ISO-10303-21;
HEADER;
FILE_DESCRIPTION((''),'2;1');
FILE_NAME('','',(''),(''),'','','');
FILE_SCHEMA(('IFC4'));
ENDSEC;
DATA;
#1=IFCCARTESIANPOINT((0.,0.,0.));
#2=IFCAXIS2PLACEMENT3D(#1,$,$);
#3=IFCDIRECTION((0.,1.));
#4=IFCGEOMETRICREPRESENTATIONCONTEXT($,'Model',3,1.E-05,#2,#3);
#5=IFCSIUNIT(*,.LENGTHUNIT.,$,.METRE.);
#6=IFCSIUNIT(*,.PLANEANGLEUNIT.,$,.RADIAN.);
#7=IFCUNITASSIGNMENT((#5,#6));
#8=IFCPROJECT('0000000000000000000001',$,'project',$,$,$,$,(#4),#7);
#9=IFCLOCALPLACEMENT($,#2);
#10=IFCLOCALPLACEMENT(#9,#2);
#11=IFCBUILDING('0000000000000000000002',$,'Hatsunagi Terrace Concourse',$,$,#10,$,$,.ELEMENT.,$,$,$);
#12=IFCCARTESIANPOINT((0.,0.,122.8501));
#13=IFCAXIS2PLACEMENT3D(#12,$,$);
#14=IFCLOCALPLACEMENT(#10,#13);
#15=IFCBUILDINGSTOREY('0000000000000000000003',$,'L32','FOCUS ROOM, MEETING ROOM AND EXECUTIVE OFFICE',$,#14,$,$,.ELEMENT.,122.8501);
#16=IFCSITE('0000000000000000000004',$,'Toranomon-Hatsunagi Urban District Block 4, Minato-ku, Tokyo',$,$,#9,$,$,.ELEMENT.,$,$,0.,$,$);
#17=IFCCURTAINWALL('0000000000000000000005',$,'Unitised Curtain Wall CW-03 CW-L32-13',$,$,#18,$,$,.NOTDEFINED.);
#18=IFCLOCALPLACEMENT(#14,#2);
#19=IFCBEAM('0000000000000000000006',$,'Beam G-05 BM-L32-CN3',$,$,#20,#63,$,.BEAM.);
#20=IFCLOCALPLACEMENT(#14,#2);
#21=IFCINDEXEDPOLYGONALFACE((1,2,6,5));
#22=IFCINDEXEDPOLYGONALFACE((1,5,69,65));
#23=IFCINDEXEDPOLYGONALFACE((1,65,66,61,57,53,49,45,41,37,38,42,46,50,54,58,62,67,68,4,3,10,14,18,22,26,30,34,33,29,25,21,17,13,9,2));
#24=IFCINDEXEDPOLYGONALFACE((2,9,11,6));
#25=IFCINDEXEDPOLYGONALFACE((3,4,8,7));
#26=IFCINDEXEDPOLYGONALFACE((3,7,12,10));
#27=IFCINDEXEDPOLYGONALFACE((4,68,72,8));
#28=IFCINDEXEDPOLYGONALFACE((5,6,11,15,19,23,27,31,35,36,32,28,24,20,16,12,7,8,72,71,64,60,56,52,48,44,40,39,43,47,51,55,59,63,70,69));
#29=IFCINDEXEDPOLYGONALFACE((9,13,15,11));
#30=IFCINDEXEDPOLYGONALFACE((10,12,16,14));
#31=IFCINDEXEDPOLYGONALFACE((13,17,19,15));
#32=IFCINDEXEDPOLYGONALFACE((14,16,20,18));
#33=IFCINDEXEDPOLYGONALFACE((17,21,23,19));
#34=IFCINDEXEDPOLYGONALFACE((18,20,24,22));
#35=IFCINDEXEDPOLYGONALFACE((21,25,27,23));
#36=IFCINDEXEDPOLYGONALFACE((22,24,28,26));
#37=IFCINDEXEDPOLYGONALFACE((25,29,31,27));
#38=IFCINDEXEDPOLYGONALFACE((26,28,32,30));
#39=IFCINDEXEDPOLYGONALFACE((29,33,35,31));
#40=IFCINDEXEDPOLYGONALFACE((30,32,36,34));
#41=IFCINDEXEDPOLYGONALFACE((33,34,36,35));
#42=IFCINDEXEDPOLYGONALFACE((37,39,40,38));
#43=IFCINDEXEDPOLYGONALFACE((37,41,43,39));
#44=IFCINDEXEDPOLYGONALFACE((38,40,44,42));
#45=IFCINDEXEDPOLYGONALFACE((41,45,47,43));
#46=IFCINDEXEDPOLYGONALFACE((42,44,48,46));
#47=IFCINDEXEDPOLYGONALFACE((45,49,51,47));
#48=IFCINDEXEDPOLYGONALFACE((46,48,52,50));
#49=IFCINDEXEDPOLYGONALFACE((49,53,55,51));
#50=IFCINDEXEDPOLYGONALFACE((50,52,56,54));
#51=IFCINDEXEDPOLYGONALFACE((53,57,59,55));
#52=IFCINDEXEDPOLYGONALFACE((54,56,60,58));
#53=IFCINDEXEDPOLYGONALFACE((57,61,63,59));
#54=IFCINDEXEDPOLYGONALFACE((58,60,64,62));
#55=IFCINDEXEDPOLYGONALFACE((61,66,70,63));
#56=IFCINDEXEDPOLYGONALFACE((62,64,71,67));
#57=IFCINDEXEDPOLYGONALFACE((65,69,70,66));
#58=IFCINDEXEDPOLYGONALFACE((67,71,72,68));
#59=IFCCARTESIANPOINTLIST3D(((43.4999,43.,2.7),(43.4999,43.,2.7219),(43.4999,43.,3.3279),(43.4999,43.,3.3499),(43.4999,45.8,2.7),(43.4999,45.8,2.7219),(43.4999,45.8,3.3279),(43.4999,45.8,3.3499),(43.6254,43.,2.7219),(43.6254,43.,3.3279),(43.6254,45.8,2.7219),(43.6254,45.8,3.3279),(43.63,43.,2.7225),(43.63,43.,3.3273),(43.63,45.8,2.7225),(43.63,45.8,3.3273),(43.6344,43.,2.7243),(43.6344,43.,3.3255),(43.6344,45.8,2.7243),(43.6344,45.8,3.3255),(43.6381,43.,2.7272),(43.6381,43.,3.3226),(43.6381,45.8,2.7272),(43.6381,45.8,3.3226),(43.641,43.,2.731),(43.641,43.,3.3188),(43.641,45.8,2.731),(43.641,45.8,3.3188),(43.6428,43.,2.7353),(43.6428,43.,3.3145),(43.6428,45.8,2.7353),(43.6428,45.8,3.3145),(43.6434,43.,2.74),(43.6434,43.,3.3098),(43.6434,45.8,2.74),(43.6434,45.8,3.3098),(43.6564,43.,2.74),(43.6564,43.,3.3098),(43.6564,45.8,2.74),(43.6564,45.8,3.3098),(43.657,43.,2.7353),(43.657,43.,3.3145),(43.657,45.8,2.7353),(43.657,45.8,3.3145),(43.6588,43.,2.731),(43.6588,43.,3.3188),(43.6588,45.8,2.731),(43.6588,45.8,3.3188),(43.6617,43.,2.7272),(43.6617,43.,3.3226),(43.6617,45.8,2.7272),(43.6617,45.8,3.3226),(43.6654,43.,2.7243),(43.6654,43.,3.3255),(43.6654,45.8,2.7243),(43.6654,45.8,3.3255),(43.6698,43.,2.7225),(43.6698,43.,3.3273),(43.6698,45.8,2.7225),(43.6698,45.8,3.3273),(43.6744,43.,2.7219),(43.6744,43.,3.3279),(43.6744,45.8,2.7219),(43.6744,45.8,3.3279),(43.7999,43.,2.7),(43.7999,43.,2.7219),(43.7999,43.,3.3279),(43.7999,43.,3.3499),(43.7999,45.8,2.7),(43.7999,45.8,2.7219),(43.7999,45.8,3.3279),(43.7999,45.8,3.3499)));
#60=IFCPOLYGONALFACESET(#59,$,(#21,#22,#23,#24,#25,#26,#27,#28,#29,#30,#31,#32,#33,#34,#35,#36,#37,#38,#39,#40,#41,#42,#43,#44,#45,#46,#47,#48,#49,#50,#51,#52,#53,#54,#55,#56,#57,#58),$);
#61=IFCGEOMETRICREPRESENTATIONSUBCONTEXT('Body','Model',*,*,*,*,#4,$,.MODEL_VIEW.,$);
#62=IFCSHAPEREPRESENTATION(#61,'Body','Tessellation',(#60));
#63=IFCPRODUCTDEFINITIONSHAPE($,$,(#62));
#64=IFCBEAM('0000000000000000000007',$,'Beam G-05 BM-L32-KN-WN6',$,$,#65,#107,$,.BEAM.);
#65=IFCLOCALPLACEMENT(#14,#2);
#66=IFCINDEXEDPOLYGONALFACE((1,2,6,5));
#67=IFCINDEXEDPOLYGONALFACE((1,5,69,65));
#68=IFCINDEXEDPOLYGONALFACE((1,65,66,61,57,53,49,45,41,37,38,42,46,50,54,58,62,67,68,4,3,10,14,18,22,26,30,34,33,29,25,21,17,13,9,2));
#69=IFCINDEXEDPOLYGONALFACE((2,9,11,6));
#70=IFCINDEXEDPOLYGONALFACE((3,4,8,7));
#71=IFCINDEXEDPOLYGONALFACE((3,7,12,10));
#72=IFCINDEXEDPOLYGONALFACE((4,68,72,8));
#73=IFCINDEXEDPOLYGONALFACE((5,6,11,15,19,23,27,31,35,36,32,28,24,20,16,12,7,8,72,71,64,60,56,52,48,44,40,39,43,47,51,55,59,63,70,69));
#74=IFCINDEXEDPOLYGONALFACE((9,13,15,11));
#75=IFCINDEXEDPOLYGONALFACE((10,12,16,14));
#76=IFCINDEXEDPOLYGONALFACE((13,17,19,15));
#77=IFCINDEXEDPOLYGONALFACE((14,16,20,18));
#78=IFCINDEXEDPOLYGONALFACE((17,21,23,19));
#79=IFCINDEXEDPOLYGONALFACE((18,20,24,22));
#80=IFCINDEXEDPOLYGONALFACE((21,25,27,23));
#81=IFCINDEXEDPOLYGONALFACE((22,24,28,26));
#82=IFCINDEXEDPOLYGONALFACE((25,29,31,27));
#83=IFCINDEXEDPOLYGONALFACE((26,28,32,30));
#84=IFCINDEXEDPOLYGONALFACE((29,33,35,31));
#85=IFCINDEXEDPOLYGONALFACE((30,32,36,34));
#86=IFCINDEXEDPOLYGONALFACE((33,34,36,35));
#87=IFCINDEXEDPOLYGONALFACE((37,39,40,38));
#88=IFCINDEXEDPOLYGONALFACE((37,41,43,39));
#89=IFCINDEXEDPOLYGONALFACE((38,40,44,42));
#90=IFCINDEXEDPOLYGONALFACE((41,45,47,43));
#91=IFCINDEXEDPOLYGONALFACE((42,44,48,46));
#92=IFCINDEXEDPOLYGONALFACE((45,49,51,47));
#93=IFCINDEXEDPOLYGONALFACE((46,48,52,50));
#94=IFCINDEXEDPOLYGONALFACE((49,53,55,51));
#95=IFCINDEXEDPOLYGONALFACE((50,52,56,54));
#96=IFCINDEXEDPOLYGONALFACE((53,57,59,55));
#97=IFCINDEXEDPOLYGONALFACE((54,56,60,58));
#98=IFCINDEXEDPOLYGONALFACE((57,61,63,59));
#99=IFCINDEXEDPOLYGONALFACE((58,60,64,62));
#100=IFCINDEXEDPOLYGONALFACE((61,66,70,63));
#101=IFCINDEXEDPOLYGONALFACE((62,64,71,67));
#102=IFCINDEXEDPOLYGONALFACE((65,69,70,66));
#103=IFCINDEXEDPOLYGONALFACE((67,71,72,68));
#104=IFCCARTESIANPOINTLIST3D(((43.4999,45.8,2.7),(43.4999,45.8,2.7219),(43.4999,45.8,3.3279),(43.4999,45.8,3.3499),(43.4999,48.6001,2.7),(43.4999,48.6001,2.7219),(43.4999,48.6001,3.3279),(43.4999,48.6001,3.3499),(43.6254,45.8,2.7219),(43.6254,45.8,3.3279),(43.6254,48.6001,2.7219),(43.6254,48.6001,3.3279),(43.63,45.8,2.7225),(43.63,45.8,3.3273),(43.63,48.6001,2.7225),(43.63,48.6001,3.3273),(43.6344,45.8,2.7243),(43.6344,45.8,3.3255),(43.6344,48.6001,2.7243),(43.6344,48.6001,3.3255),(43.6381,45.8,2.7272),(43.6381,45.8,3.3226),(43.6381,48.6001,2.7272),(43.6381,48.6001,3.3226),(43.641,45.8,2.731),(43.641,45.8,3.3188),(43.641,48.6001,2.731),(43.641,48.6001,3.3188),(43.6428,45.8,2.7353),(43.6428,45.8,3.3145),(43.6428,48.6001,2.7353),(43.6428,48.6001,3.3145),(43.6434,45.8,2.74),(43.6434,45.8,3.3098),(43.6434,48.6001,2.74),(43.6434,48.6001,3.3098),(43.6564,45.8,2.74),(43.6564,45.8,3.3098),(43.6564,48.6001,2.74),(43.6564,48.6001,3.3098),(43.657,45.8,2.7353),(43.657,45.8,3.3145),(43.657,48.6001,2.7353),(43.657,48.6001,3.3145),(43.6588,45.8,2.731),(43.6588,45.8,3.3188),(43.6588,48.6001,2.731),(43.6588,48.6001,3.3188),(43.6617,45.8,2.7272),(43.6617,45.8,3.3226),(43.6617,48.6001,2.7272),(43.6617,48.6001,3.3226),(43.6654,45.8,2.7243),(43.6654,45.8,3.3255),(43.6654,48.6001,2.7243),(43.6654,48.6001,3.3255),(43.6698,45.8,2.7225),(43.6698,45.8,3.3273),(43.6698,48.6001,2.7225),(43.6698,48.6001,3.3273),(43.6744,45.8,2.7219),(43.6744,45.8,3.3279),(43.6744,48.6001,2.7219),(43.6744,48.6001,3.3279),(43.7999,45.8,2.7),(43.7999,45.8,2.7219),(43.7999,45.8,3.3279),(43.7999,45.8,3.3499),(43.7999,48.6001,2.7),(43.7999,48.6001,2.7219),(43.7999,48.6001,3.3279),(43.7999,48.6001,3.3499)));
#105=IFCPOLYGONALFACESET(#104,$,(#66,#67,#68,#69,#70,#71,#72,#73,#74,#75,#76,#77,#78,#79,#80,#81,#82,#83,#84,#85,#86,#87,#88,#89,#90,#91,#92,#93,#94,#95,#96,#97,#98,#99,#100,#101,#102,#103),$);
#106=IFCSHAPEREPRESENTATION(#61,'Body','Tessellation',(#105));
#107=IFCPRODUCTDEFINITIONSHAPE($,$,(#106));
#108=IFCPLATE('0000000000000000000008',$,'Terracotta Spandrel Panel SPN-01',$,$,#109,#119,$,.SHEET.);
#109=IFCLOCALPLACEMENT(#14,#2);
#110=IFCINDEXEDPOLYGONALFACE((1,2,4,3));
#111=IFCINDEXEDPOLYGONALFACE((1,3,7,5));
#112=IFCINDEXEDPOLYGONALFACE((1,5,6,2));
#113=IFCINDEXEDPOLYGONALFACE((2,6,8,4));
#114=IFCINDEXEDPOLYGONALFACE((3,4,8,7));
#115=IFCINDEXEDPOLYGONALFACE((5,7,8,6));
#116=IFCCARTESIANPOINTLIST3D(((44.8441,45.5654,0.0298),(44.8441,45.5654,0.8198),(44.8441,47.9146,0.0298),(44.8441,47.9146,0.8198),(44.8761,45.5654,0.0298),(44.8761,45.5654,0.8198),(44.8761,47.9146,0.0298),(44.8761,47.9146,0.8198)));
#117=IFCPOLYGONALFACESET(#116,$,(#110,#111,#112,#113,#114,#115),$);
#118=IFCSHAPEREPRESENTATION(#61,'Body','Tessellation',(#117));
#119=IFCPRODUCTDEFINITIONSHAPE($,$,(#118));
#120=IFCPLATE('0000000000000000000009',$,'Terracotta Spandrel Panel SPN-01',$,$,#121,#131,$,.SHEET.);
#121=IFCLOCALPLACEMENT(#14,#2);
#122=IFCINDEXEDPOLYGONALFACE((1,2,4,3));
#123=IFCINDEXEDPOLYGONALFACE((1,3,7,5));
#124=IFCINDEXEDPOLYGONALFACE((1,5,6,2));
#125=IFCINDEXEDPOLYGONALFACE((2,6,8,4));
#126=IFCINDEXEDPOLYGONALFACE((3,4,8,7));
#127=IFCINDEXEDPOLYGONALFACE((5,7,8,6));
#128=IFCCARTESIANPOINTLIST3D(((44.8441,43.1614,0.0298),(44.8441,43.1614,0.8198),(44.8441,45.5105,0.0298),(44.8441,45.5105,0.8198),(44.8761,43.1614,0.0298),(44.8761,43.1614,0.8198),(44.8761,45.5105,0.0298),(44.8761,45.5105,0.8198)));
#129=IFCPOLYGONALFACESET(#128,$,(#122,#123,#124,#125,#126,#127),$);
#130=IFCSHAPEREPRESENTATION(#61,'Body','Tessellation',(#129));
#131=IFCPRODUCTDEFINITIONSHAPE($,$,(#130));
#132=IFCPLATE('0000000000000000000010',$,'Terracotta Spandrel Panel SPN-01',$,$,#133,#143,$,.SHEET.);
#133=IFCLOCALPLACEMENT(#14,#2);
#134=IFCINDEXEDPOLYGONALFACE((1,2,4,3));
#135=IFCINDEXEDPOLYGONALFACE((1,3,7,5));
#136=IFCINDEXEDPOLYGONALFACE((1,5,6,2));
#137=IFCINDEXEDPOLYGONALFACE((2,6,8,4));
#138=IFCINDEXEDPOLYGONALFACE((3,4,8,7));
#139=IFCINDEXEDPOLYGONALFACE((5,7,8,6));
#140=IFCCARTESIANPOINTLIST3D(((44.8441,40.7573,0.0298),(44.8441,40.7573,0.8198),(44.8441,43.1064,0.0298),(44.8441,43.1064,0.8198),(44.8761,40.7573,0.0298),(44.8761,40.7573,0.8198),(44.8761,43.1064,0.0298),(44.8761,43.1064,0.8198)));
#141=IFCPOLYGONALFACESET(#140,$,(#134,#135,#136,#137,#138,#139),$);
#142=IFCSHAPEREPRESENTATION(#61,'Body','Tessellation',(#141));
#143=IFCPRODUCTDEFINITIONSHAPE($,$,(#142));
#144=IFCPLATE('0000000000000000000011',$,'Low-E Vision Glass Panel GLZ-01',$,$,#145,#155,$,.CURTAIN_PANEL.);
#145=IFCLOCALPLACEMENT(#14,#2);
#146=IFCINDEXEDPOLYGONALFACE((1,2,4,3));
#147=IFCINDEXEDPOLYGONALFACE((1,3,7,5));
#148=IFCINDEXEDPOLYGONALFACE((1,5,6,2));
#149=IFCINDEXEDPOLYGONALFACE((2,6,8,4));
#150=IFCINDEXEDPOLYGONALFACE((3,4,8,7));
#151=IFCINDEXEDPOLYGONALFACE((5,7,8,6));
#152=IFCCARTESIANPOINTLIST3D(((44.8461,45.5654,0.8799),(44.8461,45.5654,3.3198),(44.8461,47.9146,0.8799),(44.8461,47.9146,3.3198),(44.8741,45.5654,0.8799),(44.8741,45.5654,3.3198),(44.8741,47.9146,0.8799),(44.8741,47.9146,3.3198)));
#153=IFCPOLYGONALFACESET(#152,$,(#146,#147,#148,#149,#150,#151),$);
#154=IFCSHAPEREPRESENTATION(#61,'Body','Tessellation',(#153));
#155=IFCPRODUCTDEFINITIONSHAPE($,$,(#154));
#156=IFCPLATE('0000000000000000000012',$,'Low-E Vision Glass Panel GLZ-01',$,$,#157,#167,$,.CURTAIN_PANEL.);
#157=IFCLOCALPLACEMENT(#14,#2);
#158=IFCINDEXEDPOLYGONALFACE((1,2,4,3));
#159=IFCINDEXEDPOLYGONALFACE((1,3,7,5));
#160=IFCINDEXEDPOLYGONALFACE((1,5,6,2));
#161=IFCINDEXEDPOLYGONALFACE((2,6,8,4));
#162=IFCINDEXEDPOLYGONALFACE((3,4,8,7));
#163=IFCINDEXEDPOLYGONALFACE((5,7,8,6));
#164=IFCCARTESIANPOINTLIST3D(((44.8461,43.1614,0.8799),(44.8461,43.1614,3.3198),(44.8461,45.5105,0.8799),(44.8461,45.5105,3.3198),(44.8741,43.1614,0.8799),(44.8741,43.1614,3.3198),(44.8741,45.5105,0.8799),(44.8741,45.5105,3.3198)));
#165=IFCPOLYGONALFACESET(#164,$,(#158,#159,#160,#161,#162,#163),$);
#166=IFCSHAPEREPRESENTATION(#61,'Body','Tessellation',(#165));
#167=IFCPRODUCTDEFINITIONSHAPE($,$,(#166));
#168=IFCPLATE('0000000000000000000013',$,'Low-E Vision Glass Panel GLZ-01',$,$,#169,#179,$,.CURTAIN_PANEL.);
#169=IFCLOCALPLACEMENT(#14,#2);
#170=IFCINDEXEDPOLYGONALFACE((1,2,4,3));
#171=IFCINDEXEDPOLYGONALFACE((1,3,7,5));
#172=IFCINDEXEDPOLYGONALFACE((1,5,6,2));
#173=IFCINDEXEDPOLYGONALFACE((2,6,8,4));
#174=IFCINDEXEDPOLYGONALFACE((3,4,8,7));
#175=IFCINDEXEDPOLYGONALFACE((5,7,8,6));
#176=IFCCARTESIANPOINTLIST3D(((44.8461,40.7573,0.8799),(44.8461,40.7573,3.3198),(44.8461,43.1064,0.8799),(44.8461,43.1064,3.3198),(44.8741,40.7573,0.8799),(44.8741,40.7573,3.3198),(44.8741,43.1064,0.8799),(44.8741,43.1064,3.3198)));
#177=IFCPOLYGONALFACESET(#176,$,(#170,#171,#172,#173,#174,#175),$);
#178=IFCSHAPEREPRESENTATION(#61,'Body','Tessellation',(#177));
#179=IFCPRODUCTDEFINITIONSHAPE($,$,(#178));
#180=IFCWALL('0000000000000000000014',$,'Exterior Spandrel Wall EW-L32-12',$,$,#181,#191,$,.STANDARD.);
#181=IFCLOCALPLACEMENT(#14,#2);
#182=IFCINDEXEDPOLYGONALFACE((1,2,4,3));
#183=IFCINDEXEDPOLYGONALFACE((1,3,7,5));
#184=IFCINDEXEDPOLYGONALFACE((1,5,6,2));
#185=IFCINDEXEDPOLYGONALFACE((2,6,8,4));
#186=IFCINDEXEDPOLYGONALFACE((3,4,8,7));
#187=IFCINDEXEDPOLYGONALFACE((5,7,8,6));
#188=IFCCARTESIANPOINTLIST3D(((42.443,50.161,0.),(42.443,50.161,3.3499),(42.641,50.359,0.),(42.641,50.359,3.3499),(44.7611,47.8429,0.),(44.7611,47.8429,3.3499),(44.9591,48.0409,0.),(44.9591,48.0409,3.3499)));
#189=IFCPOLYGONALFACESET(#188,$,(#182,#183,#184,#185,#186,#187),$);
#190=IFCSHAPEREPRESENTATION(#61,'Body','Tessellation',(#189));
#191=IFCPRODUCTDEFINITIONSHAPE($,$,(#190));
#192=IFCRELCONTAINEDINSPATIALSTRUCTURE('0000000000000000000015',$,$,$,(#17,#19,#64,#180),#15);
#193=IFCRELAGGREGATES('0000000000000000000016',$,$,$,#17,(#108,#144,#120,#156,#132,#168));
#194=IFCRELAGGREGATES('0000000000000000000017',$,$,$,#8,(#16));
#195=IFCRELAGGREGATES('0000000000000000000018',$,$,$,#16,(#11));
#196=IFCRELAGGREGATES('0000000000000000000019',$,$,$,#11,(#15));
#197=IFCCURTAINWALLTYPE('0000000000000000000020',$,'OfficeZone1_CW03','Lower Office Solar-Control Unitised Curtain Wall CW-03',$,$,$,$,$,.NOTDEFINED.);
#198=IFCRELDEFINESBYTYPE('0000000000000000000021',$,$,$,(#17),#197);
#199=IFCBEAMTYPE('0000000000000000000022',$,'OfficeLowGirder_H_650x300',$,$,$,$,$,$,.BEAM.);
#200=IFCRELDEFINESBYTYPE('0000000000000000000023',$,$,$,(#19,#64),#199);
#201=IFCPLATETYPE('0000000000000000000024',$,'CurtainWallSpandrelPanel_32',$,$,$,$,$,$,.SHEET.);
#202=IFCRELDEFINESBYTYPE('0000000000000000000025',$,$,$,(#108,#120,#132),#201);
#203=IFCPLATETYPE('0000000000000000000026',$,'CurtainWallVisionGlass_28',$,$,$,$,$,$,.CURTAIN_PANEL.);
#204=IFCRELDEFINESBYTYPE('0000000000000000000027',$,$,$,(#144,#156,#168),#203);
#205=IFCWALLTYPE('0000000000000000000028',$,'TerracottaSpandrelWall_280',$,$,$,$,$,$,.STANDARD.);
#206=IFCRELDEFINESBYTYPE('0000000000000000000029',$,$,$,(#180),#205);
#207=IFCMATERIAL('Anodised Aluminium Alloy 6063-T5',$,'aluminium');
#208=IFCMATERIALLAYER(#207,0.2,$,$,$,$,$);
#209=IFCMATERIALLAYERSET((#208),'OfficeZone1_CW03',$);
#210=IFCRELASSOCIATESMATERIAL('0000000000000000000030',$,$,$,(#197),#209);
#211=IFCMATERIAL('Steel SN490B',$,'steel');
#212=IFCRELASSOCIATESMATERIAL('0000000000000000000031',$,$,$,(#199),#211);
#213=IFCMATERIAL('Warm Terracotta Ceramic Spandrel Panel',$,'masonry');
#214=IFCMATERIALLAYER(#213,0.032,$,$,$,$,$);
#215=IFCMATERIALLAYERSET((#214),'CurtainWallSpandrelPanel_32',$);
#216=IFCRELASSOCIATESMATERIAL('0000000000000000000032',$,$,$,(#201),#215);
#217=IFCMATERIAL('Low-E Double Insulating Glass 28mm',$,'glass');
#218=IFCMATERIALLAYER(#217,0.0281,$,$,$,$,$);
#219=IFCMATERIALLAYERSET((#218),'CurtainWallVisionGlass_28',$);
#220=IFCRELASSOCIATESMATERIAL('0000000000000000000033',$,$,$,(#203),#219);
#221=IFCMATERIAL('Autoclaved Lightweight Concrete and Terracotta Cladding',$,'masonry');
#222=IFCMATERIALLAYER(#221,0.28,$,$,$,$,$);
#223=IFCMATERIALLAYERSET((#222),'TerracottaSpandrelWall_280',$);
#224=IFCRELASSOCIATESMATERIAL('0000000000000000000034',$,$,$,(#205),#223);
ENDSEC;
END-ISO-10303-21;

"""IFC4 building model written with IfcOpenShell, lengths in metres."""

from ifc_helpers import new_model, si_unit, direction, frame, frame_2d, origin, origin_2d, place, context, subcontext, project, spatial, rectangle, i_section, extrude, material, layer, layer_set, material_profile, profile_set, type_object, element, aggregate, save


model = new_model("IFC4")

# Units and contexts
model_context = context("Model", 3, precision=1e-05, world=origin(), true_north=direction((0.0, 1.0)))
body_context = subcontext(model_context, "Body", "Model", "MODEL_VIEW")
ifc_project = project(units=[si_unit("LENGTHUNIT", "METRE"), si_unit("PLANEANGLEUNIT", "RADIAN")], contexts=[model_context])

# Site, building, storey
site_placement = place(None, origin())
site = spatial("IfcSite", under=ifc_project, at=site_placement, Name="Toranomon-Hatsunagi Urban District Block 4, Minato-ku, Tokyo", CompositionType="ELEMENT", RefElevation=0.0)
building_placement = place(site_placement, origin())
building = spatial("IfcBuilding", under=site, at=building_placement, Name="Hatsunagi Terrace Concourse", CompositionType="ELEMENT")
storey_placement = place(building_placement, frame((0.0, 0.0, 122.8501)))
storey = spatial("IfcBuildingStorey", under=building, at=storey_placement, Name="L32", Description="FOCUS ROOM, MEETING ROOM AND EXECUTIVE OFFICE", CompositionType="ELEMENT", Elevation=122.8501)

# Curtain wall
ifc_material_1 = material(Name="Anodised Aluminium Alloy 6063-T5", Category="aluminium")
ifc_layer_1 = layer(ifc_material_1, 0.2)
ifc_layer_set_1 = layer_set([ifc_layer_1], Name="OfficeZone1_CW03")
curtain_wall_type = type_object("IfcCurtainWallType", Name="OfficeZone1_CW03", Description="Lower Office Solar-Control Unitised Curtain Wall CW-03", PredefinedType="NOTDEFINED", material=ifc_layer_set_1)
curtain_wall_placement = place(storey_placement, origin())
curtain_wall = element("IfcCurtainWall", 1, at=curtain_wall_placement, inside=storey, type_object=curtain_wall_type, Name="Unitised Curtain Wall CW-03 CW-L32-13", PredefinedType="NOTDEFINED")

# Beams
ifc_material_2 = material(Name="Steel SN490B", Category="steel")
ifc_material_profile_1 = material_profile(ifc_material_2, i_section(OverallWidth=0.3, OverallDepth=0.6499, WebThickness=0.0129, FlangeThickness=0.022, FilletRadius=0.0181, at=origin_2d()), Name="H-650x300x13x22")
ifc_profile_set_1 = profile_set([ifc_material_profile_1], Name="Steel SN490B")
beam_type = type_object("IfcBeamType", Name="OfficeLowGirder_H_650x300", PredefinedType="BEAM", material=ifc_profile_set_1)
for number, where, z_axis, x_axis, name in (
    (2, (43.6499, 43.0, 3.0249), (0.0, 1.0, 0.0), (-1.0, 0.0, 0.0), "Beam G-05 BM-L32-CN3"),
    (3, (43.6499, 45.8, 3.0249), (0.0, 1.0, 0.0), (-1.0, 0.0, 0.0), "Beam G-05 BM-L32-KN-WN6"),
):
    element("IfcBeam", number, at=place(storey_placement, frame(where, z_axis=z_axis, x_axis=x_axis)), inside=storey, type_object=beam_type, Name=name, PredefinedType="BEAM", context=body_context, shape_type="SweptSolid", body=[
        extrude(i_section(OverallWidth=0.3, OverallDepth=0.6499, WebThickness=0.0129, FlangeThickness=0.022, FilletRadius=0.0181, at=origin_2d()), origin(), (0.0, 0.0, 1.0), 2.8),
    ])

# Plates
ifc_material_3 = material(Name="Warm Terracotta Ceramic Spandrel Panel", Category="masonry")
ifc_layer_2 = layer(ifc_material_3, 0.032)
ifc_layer_set_2 = layer_set([ifc_layer_2], Name="CurtainWallSpandrelPanel_32")
plate_type_1 = type_object("IfcPlateType", Name="CurtainWallSpandrelPanel_32", PredefinedType="SHEET", material=ifc_layer_set_2)
plate_1_placement = place(storey_placement, frame((44.8601, 46.74, 0.0298), z_axis=(0.0, 0.0, 1.0), x_axis=(0.0, -1.0, 0.0)))
plate_1 = element("IfcPlate", 4, at=plate_1_placement, type_object=plate_type_1, Name="Terracotta Spandrel Panel SPN-01", PredefinedType="SHEET", context=body_context, shape_type="SweptSolid", body=[
    extrude(rectangle(XDim=2.3491, YDim=0.032, at=origin_2d()), origin(), (0.0, 0.0, 1.0), 0.79),
])
plate_2_placement = place(storey_placement, frame((44.8601, 44.3359, 0.0298), z_axis=(0.0, 0.0, 1.0), x_axis=(0.0, -1.0, 0.0)))
plate_2 = element("IfcPlate", 5, at=plate_2_placement, type_object=plate_type_1, Name="Terracotta Spandrel Panel SPN-01", PredefinedType="SHEET", context=body_context, shape_type="SweptSolid", body=[
    extrude(rectangle(XDim=2.3491, YDim=0.032, at=origin_2d()), origin(), (0.0, 0.0, 1.0), 0.79),
])
plate_3_placement = place(storey_placement, frame((44.8601, 41.9319, 0.0298), z_axis=(0.0, 0.0, 1.0), x_axis=(0.0, -1.0, 0.0)))
plate_3 = element("IfcPlate", 6, at=plate_3_placement, type_object=plate_type_1, Name="Terracotta Spandrel Panel SPN-01", PredefinedType="SHEET", context=body_context, shape_type="SweptSolid", body=[
    extrude(rectangle(XDim=2.3491, YDim=0.032, at=origin_2d()), origin(), (0.0, 0.0, 1.0), 0.79),
])
ifc_material_4 = material(Name="Low-E Double Insulating Glass 28mm", Category="glass")
ifc_layer_3 = layer(ifc_material_4, 0.0281)
ifc_layer_set_3 = layer_set([ifc_layer_3], Name="CurtainWallVisionGlass_28")
plate_type_2 = type_object("IfcPlateType", Name="CurtainWallVisionGlass_28", PredefinedType="CURTAIN_PANEL", material=ifc_layer_set_3)
plate_4_placement = place(storey_placement, frame((44.8601, 46.74, 0.8799), z_axis=(0.0, 0.0, 1.0), x_axis=(0.0, -1.0, 0.0)))
plate_4 = element("IfcPlate", 7, at=plate_4_placement, type_object=plate_type_2, Name="Low-E Vision Glass Panel GLZ-01", PredefinedType="CURTAIN_PANEL", context=body_context, shape_type="SweptSolid", body=[
    extrude(rectangle(XDim=2.3491, YDim=0.0281, at=origin_2d()), origin(), (0.0, 0.0, 1.0), 2.4399),
])
plate_5_placement = place(storey_placement, frame((44.8601, 44.3359, 0.8799), z_axis=(0.0, 0.0, 1.0), x_axis=(0.0, -1.0, 0.0)))
plate_5 = element("IfcPlate", 8, at=plate_5_placement, type_object=plate_type_2, Name="Low-E Vision Glass Panel GLZ-01", PredefinedType="CURTAIN_PANEL", context=body_context, shape_type="SweptSolid", body=[
    extrude(rectangle(XDim=2.3491, YDim=0.0281, at=origin_2d()), origin(), (0.0, 0.0, 1.0), 2.4399),
])
plate_6_placement = place(storey_placement, frame((44.8601, 41.9319, 0.8799), z_axis=(0.0, 0.0, 1.0), x_axis=(0.0, -1.0, 0.0)))
plate_6 = element("IfcPlate", 9, at=plate_6_placement, type_object=plate_type_2, Name="Low-E Vision Glass Panel GLZ-01", PredefinedType="CURTAIN_PANEL", context=body_context, shape_type="SweptSolid", body=[
    extrude(rectangle(XDim=2.3491, YDim=0.0281, at=origin_2d()), origin(), (0.0, 0.0, 1.0), 2.4399),
])
aggregate(curtain_wall, [plate_1, plate_4, plate_2, plate_5, plate_3, plate_6])

# Wall
ifc_material_5 = material(Name="Autoclaved Lightweight Concrete and Terracotta Cladding", Category="masonry")
ifc_layer_4 = layer(ifc_material_5, 0.28)
ifc_layer_set_4 = layer_set([ifc_layer_4], Name="TerracottaSpandrelWall_280")
wall_type = type_object("IfcWallType", Name="TerracottaSpandrelWall_280", PredefinedType="STANDARD", material=ifc_layer_set_4)
wall_placement = place(storey_placement, frame((42.542, 50.26, 0.0), z_axis=(0.0, 0.0, 1.0), x_axis=(0.707107, -0.707107, 0.0)))
element("IfcWall", 10, at=wall_placement, inside=storey, type_object=wall_type, Name="Exterior Spandrel Wall EW-L32-12", PredefinedType="STANDARD", context=body_context, shape_type="SweptSolid", body=[
    extrude(rectangle(XDim=3.2783, YDim=0.28, at=frame_2d((1.6392, 0.0))), origin(), (0.0, 0.0, 1.0), 3.3499),
])

save(model, "model.ifc")
